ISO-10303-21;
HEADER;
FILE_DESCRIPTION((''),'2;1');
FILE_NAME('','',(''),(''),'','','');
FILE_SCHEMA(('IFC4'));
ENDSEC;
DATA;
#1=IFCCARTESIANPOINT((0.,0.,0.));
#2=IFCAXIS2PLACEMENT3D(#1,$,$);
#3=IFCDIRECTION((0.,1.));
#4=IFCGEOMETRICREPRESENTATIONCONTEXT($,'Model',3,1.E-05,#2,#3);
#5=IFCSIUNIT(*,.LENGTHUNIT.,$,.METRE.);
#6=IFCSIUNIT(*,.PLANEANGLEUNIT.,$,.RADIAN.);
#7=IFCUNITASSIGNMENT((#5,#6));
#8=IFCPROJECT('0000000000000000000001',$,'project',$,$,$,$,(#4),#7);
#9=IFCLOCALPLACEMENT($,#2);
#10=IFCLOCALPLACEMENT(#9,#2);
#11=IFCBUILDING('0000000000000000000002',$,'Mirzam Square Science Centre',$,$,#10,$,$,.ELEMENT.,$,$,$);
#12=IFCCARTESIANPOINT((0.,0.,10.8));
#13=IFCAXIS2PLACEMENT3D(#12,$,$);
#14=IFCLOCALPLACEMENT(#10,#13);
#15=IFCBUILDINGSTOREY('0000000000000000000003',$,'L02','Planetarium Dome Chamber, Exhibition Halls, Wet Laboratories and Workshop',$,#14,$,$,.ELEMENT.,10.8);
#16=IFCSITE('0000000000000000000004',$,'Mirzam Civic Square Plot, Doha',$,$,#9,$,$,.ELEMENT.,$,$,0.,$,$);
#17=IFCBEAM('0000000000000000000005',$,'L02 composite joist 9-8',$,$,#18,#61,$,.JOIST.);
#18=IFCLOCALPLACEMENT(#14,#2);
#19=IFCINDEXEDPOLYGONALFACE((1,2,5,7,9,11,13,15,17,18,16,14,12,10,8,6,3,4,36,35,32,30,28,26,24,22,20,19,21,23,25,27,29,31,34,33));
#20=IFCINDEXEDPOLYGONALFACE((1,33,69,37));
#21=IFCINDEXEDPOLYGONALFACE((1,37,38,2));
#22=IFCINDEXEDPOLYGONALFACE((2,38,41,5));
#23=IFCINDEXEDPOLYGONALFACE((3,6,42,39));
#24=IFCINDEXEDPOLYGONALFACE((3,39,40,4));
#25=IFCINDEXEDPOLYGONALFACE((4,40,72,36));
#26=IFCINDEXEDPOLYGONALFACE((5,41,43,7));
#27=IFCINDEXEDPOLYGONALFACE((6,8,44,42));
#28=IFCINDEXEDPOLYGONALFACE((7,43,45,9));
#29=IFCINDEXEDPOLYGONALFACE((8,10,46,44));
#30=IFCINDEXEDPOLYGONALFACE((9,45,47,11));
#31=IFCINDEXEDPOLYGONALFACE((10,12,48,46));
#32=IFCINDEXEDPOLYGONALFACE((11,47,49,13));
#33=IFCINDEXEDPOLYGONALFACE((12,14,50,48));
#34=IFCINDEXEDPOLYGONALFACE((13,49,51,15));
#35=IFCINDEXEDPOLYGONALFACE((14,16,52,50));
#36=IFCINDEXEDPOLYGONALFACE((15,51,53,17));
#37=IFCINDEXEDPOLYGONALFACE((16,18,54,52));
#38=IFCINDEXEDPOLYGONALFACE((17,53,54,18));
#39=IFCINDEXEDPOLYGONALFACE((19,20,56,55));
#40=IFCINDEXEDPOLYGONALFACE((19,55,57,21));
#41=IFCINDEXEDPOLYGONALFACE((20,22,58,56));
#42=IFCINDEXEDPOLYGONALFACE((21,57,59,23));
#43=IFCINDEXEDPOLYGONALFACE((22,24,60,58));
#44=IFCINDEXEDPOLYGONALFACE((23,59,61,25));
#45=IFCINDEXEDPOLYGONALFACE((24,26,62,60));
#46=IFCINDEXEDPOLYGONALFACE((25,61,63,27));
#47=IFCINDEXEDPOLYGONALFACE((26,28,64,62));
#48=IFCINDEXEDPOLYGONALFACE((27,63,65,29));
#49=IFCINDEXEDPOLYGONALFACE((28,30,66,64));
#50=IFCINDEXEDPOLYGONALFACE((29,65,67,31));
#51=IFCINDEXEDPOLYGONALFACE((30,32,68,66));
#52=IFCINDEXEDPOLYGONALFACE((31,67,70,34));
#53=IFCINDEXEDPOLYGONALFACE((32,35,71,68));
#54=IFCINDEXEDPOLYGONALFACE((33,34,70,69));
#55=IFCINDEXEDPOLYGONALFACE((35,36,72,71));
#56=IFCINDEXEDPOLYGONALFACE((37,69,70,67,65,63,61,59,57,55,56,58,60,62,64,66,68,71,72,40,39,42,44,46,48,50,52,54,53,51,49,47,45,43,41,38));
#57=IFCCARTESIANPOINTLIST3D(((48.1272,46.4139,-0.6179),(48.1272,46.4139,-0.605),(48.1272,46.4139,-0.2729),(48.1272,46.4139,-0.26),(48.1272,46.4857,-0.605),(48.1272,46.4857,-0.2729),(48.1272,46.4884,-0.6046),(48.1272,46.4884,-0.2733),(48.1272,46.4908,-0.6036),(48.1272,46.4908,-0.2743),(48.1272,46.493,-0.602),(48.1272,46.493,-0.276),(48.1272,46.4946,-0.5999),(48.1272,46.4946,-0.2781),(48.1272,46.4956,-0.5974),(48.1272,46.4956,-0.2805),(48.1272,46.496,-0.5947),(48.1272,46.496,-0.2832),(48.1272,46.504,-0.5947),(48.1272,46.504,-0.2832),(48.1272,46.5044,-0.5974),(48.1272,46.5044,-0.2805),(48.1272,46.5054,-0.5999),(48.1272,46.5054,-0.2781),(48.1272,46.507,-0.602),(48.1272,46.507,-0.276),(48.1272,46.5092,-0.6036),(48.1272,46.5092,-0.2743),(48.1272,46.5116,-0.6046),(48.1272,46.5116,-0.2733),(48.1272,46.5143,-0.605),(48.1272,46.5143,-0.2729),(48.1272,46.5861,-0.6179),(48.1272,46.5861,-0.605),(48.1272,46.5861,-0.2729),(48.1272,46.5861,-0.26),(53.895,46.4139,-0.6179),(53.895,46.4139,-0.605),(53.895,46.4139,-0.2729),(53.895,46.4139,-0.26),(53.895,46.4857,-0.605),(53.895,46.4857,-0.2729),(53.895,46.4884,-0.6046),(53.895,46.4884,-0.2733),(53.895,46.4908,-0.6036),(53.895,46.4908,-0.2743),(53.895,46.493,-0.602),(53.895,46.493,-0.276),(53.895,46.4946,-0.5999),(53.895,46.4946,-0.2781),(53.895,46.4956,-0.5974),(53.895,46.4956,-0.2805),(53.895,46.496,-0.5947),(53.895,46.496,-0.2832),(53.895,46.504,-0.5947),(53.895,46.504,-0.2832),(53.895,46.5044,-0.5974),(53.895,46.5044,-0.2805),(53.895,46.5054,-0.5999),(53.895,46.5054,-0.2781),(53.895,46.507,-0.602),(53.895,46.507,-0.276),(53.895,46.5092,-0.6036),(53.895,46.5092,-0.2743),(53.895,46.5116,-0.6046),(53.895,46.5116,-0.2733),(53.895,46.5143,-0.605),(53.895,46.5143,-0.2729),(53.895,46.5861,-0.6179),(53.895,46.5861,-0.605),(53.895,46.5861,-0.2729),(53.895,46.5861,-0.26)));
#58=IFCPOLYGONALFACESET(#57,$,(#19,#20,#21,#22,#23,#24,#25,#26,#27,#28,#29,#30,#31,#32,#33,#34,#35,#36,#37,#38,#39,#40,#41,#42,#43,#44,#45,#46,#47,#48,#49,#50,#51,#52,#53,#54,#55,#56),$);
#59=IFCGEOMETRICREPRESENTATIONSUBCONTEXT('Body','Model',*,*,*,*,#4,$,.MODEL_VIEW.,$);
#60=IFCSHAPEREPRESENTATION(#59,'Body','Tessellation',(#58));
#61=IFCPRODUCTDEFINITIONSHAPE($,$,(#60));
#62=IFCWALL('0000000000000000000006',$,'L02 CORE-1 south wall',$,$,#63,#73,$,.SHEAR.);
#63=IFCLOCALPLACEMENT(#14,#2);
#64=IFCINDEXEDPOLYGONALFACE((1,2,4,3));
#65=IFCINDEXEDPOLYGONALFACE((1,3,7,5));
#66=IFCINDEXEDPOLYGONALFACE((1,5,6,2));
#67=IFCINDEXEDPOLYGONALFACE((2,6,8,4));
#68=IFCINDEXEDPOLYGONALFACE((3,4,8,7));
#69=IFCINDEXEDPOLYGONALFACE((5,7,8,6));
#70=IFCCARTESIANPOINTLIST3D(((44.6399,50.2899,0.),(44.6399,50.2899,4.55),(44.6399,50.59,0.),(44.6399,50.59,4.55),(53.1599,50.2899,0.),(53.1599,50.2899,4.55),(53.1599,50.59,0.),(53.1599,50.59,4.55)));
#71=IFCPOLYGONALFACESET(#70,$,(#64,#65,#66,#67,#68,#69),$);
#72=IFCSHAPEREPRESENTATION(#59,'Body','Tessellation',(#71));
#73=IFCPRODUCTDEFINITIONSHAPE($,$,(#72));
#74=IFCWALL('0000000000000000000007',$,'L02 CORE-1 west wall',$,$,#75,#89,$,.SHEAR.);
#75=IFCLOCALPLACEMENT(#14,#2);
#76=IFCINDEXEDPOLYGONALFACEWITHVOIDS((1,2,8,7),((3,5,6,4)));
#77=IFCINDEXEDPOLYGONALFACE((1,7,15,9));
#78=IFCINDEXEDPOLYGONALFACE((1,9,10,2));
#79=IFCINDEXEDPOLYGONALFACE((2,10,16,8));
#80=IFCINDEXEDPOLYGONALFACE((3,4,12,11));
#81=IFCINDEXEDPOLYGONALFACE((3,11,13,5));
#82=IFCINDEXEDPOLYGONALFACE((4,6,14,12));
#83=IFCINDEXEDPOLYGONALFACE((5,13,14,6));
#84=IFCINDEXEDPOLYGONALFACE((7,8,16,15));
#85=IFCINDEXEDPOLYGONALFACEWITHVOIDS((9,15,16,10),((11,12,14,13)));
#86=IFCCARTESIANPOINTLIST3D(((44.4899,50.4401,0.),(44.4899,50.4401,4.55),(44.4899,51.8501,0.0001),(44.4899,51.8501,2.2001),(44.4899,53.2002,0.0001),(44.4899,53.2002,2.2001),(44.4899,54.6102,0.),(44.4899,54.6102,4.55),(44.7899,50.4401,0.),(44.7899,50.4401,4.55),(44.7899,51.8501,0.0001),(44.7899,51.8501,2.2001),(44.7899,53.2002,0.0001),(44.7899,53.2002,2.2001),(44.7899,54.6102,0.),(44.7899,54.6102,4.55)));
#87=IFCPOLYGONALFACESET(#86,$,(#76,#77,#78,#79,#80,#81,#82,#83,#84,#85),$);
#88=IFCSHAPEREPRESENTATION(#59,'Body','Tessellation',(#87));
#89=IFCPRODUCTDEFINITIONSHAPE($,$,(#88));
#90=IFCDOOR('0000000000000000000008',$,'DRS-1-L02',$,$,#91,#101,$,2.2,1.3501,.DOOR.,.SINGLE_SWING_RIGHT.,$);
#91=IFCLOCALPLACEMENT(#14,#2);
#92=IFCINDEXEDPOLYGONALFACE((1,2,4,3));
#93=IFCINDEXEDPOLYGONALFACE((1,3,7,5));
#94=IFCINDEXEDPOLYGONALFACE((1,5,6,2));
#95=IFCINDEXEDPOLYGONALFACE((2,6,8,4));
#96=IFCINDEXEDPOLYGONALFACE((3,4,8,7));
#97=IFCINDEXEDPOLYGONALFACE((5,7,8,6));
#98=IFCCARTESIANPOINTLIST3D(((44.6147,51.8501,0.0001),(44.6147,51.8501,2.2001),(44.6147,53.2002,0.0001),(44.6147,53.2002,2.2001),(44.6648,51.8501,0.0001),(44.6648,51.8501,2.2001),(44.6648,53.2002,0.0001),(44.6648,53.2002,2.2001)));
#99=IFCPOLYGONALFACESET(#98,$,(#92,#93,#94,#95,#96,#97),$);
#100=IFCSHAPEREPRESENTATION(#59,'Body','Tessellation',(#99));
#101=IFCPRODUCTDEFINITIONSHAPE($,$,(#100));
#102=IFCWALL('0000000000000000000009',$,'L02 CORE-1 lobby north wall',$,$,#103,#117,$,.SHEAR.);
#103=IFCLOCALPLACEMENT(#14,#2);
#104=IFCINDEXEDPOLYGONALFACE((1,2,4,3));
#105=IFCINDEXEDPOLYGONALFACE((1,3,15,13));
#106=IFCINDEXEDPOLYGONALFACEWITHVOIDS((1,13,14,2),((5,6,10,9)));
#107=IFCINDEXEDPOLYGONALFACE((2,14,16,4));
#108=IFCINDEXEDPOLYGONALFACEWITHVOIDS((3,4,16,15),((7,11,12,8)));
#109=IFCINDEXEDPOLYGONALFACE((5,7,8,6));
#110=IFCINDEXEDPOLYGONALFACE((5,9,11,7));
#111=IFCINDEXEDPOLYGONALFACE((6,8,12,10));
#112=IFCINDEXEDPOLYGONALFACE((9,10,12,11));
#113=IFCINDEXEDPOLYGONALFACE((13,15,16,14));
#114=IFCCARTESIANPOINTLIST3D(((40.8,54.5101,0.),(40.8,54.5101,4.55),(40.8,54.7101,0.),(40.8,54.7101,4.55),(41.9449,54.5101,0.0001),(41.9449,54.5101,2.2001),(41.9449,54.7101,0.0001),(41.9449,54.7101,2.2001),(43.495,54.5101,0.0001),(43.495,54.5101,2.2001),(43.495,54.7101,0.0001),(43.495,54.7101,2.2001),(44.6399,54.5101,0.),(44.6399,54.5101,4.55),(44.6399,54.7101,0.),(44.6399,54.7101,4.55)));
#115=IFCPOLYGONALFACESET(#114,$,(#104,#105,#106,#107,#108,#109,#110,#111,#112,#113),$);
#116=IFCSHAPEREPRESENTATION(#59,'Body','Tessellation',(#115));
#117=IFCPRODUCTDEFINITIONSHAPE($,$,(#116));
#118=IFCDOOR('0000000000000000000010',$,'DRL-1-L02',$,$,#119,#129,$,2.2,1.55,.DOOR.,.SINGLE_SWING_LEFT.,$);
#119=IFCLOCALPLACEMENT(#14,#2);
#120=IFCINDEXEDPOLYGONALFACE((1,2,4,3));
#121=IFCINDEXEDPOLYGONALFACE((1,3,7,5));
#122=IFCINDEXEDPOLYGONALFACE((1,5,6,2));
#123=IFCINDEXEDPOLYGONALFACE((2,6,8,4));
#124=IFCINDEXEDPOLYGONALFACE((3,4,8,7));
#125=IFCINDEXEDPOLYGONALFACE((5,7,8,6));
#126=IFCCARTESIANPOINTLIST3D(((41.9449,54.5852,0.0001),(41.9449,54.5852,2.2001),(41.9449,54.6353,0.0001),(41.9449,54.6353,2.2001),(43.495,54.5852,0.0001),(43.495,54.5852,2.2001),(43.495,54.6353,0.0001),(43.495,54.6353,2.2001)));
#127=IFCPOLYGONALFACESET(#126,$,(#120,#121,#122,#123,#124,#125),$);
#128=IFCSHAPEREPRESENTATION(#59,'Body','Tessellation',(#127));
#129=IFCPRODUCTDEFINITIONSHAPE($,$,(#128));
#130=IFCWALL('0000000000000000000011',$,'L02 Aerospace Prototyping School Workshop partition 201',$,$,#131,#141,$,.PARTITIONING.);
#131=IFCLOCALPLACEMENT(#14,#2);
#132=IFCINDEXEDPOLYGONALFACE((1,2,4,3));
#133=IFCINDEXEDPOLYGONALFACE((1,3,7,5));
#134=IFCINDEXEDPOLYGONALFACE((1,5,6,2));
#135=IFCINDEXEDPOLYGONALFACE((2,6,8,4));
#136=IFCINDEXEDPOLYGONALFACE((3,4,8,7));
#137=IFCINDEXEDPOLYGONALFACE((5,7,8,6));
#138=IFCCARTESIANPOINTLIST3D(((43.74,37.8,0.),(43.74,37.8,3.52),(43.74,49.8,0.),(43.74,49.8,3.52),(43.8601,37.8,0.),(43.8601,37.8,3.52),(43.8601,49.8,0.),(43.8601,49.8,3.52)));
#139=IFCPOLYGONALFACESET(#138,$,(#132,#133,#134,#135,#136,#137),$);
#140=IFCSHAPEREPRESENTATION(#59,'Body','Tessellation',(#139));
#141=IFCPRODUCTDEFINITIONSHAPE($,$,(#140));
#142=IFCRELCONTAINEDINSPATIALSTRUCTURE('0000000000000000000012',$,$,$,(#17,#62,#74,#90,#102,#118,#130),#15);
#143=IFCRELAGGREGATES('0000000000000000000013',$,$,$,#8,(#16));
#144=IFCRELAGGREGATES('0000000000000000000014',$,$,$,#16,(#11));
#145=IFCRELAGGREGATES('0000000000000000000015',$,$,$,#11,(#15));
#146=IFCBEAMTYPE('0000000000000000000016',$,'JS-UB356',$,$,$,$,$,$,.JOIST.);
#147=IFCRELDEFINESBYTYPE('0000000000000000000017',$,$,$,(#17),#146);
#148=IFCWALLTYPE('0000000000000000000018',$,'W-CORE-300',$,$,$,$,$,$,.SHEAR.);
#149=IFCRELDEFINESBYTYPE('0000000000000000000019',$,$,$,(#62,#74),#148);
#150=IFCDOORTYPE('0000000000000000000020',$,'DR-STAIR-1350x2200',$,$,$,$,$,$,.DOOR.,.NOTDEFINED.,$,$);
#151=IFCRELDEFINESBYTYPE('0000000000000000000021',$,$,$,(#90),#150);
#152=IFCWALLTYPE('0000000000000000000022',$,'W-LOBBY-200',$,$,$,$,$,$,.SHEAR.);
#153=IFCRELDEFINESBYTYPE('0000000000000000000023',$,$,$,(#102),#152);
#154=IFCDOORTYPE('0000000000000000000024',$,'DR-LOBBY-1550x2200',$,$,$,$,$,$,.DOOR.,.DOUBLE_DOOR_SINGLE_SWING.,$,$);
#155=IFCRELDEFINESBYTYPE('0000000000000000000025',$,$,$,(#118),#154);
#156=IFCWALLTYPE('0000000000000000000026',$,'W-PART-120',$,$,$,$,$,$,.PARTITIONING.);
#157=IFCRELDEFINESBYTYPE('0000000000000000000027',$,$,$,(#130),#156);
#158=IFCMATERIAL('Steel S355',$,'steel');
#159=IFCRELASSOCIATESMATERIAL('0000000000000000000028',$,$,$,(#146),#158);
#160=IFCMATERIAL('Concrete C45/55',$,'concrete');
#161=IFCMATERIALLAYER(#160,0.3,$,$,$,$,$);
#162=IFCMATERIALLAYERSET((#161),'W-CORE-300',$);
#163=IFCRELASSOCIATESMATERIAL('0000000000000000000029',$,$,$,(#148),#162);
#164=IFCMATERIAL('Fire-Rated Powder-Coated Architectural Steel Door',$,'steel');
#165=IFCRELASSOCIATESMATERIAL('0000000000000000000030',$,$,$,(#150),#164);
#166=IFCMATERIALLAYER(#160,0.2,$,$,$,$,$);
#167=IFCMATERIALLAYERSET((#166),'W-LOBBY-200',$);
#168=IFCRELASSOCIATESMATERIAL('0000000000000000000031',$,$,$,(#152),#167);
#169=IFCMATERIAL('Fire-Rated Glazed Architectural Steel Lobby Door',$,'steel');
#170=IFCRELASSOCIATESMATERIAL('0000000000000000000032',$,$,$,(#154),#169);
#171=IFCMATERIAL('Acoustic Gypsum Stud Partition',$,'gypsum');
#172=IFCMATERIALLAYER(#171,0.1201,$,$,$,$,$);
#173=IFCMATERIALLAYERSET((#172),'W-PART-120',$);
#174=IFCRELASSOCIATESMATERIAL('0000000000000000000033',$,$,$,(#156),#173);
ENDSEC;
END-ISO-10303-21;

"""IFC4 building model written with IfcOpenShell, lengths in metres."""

from ifc_helpers import new_model, si_unit, direction, frame, frame_2d, origin, origin_2d, place, context, subcontext, project, spatial, rectangle, i_section, extrude, material, layer, layer_set, material_profile, profile_set, type_object, element, fill, save


model = new_model("IFC4")

# Units and contexts
model_context = context("Model", 3, precision=1e-05, world=origin(), true_north=direction((0.0, 1.0)))
body_context = subcontext(model_context, "Body", "Model", "MODEL_VIEW")
ifc_project = project(units=[si_unit("LENGTHUNIT", "METRE"), si_unit("PLANEANGLEUNIT", "RADIAN")], contexts=[model_context])

# Site, building, storey
site_placement = place(None, origin())
site = spatial("IfcSite", under=ifc_project, at=site_placement, Name="Mirzam Civic Square Plot, Doha", CompositionType="ELEMENT", RefElevation=0.0)
building_placement = place(site_placement, origin())
building = spatial("IfcBuilding", under=site, at=building_placement, Name="Mirzam Square Science Centre", CompositionType="ELEMENT")
storey_placement = place(building_placement, frame((0.0, 0.0, 10.8)))
storey = spatial("IfcBuildingStorey", under=building, at=storey_placement, Name="L02", Description="Planetarium Dome Chamber, Exhibition Halls, Wet Laboratories and Workshop", CompositionType="ELEMENT", Elevation=10.8)

# Shared definitions
ifc_material_1 = material(Name="Steel S355", Category="steel")

# Beam
ifc_material_profile_1 = material_profile(ifc_material_1, i_section(OverallWidth=0.1721, OverallDepth=0.3579, WebThickness=0.0081, FlangeThickness=0.0129, FilletRadius=0.0103, at=origin_2d()), Name="356x171x57UB")
ifc_profile_set_1 = profile_set([ifc_material_profile_1], Name="Steel S355")
beam_type_1 = type_object("IfcBeamType", Name="JS-UB356", PredefinedType="JOIST", material=ifc_profile_set_1)
beam_1_placement = place(storey_placement, frame((48.1272, 46.5, -0.439), z_axis=(1.0, 0.0, 0.0), x_axis=(0.0, 1.0, 0.0)))
element("IfcBeam", 1, at=beam_1_placement, inside=storey, type_object=beam_type_1, Name="L02 composite joist 9-8", PredefinedType="JOIST", context=body_context, shape_type="SweptSolid", body=[
    extrude(i_section(OverallWidth=0.1721, OverallDepth=0.3579, WebThickness=0.0081, FlangeThickness=0.0129, FilletRadius=0.0103, at=origin_2d()), origin(), (0.0, 0.0, 1.0), 5.7678),
])

# Wall
ifc_material_2 = material(Name="Concrete C45/55", Category="concrete")
ifc_layer_1 = layer(ifc_material_2, 0.3)
ifc_layer_set_1 = layer_set([ifc_layer_1], Name="W-CORE-300")
wall_type_1 = type_object("IfcWallType", Name="W-CORE-300", PredefinedType="SHEAR", material=ifc_layer_set_1)
wall_1_placement = place(storey_placement, frame((44.6399, 50.4399, 0.0), z_axis=(0.0, 0.0, 1.0), x_axis=(1.0, 0.0, 0.0)))
element("IfcWall", 2, at=wall_1_placement, inside=storey, type_object=wall_type_1, Name="L02 CORE-1 south wall", PredefinedType="SHEAR", context=body_context, shape_type="SweptSolid", body=[
    extrude(rectangle(XDim=8.52, YDim=0.3, at=frame_2d((4.26, 0.0))), origin(), (0.0, 0.0, 1.0), 4.55),
])

# Walls, openings, doors
wall_2_placement = place(storey_placement, frame((44.6399, 54.6101, 0.0), z_axis=(0.0, 0.0, 1.0), x_axis=(0.0, -1.0, 0.0)))
wall_2 = element("IfcWall", 3, at=wall_2_placement, inside=storey, type_object=wall_type_1, Name="L02 CORE-1 west wall", PredefinedType="SHEAR", context=body_context, shape_type="SweptSolid", body=[
    extrude(rectangle(XDim=4.1702, YDim=0.3, at=frame_2d((2.085, 0.0))), origin(), (0.0, 0.0, 1.0), 4.55),
])
opening_1_placement = place(wall_2_placement, frame((1.4099, 0.0, 0.0)))
opening_1 = element("IfcOpeningElement", 4, at=opening_1_placement, cuts=wall_2, PredefinedType="OPENING", context=body_context, shape_type="SweptSolid", body=[
    extrude(rectangle(XDim=1.3501, YDim=2.2, at=frame_2d((0.675, 1.1001))), frame((0.0, 0.1599, 0.0), z_axis=(0.0, -1.0, 0.0), x_axis=(1.0, 0.0, 0.0)), (0.0, 0.0, 1.0), 0.3201),
])
ifc_material_3 = material(Name="Fire-Rated Powder-Coated Architectural Steel Door", Category="steel")
door_type_1 = type_object("IfcDoorType", Name="DR-STAIR-1350x2200", OperationType="NOTDEFINED", PredefinedType="DOOR", material=ifc_material_3)
door_1_placement = place(opening_1_placement, origin())
door_1 = element("IfcDoor", 5, at=door_1_placement, inside=storey, type_object=door_type_1, Name="DRS-1-L02", OperationType="SINGLE_SWING_RIGHT", OverallHeight=2.2, OverallWidth=1.3501, PredefinedType="DOOR", context=body_context, shape_type="SweptSolid", body=[
    extrude(rectangle(XDim=1.3501, YDim=2.2, at=frame_2d((0.675, 1.1001))), frame((0.0, 0.0249, 0.0), z_axis=(0.0, -1.0, 0.0), x_axis=(1.0, 0.0, 0.0)), (0.0, 0.0, 1.0), 0.05),
])
fill(opening_1, door_1)
ifc_layer_2 = layer(ifc_material_2, 0.2)
ifc_layer_set_2 = layer_set([ifc_layer_2], Name="W-LOBBY-200")
wall_type_2 = type_object("IfcWallType", Name="W-LOBBY-200", PredefinedType="SHEAR", material=ifc_layer_set_2)
wall_3_placement = place(storey_placement, frame((44.6399, 54.6101, 0.0), z_axis=(0.0, 0.0, 1.0), x_axis=(-1.0, 0.0, 0.0)))
wall_3 = element("IfcWall", 6, at=wall_3_placement, inside=storey, type_object=wall_type_2, Name="L02 CORE-1 lobby north wall", PredefinedType="SHEAR", context=body_context, shape_type="SweptSolid", body=[
    extrude(rectangle(XDim=3.8398, YDim=0.2, at=frame_2d((1.9199, 0.0))), origin(), (0.0, 0.0, 1.0), 4.55),
])
opening_2_placement = place(wall_3_placement, frame((1.145, 0.0, 0.0)))
opening_2 = element("IfcOpeningElement", 7, at=opening_2_placement, cuts=wall_3, PredefinedType="OPENING", context=body_context, shape_type="SweptSolid", body=[
    extrude(rectangle(XDim=1.55, YDim=2.2, at=frame_2d((0.7749, 1.1001))), frame((0.0, 0.1099, 0.0), z_axis=(0.0, -1.0, 0.0), x_axis=(1.0, 0.0, 0.0)), (0.0, 0.0, 1.0), 0.22),
])
ifc_material_4 = material(Name="Fire-Rated Glazed Architectural Steel Lobby Door", Category="steel")
door_type_2 = type_object("IfcDoorType", Name="DR-LOBBY-1550x2200", OperationType="DOUBLE_DOOR_SINGLE_SWING", PredefinedType="DOOR", material=ifc_material_4)
door_2_placement = place(opening_2_placement, origin())
door_2 = element("IfcDoor", 8, at=door_2_placement, inside=storey, type_object=door_type_2, Name="DRL-1-L02", OperationType="SINGLE_SWING_LEFT", OverallHeight=2.2, OverallWidth=1.55, PredefinedType="DOOR", context=body_context, shape_type="SweptSolid", body=[
    extrude(rectangle(XDim=1.55, YDim=2.2, at=frame_2d((0.7749, 1.1001))), frame((0.0, 0.0249, 0.0), z_axis=(0.0, -1.0, 0.0), x_axis=(1.0, 0.0, 0.0)), (0.0, 0.0, 1.0), 0.05),
])
fill(opening_2, door_2)

# Wall
ifc_material_5 = material(Name="Acoustic Gypsum Stud Partition", Category="gypsum")
ifc_layer_3 = layer(ifc_material_5, 0.1201)
ifc_layer_set_3 = layer_set([ifc_layer_3], Name="W-PART-120")
wall_type_3 = type_object("IfcWallType", Name="W-PART-120", PredefinedType="PARTITIONING", material=ifc_layer_set_3)
wall_4_placement = place(storey_placement, frame((43.8, 49.8, 0.0), z_axis=(0.0, 0.0, 1.0), x_axis=(0.0, -1.0, 0.0)))
element("IfcWall", 9, at=wall_4_placement, inside=storey, type_object=wall_type_3, Name="L02 Aerospace Prototyping School Workshop partition 201", PredefinedType="PARTITIONING", context=body_context, shape_type="SweptSolid", body=[
    extrude(rectangle(XDim=12.0, YDim=0.1201, at=frame_2d((6.0, 0.0))), origin(), (0.0, 0.0, 1.0), 3.52),
])

save(model, "model.ifc")
